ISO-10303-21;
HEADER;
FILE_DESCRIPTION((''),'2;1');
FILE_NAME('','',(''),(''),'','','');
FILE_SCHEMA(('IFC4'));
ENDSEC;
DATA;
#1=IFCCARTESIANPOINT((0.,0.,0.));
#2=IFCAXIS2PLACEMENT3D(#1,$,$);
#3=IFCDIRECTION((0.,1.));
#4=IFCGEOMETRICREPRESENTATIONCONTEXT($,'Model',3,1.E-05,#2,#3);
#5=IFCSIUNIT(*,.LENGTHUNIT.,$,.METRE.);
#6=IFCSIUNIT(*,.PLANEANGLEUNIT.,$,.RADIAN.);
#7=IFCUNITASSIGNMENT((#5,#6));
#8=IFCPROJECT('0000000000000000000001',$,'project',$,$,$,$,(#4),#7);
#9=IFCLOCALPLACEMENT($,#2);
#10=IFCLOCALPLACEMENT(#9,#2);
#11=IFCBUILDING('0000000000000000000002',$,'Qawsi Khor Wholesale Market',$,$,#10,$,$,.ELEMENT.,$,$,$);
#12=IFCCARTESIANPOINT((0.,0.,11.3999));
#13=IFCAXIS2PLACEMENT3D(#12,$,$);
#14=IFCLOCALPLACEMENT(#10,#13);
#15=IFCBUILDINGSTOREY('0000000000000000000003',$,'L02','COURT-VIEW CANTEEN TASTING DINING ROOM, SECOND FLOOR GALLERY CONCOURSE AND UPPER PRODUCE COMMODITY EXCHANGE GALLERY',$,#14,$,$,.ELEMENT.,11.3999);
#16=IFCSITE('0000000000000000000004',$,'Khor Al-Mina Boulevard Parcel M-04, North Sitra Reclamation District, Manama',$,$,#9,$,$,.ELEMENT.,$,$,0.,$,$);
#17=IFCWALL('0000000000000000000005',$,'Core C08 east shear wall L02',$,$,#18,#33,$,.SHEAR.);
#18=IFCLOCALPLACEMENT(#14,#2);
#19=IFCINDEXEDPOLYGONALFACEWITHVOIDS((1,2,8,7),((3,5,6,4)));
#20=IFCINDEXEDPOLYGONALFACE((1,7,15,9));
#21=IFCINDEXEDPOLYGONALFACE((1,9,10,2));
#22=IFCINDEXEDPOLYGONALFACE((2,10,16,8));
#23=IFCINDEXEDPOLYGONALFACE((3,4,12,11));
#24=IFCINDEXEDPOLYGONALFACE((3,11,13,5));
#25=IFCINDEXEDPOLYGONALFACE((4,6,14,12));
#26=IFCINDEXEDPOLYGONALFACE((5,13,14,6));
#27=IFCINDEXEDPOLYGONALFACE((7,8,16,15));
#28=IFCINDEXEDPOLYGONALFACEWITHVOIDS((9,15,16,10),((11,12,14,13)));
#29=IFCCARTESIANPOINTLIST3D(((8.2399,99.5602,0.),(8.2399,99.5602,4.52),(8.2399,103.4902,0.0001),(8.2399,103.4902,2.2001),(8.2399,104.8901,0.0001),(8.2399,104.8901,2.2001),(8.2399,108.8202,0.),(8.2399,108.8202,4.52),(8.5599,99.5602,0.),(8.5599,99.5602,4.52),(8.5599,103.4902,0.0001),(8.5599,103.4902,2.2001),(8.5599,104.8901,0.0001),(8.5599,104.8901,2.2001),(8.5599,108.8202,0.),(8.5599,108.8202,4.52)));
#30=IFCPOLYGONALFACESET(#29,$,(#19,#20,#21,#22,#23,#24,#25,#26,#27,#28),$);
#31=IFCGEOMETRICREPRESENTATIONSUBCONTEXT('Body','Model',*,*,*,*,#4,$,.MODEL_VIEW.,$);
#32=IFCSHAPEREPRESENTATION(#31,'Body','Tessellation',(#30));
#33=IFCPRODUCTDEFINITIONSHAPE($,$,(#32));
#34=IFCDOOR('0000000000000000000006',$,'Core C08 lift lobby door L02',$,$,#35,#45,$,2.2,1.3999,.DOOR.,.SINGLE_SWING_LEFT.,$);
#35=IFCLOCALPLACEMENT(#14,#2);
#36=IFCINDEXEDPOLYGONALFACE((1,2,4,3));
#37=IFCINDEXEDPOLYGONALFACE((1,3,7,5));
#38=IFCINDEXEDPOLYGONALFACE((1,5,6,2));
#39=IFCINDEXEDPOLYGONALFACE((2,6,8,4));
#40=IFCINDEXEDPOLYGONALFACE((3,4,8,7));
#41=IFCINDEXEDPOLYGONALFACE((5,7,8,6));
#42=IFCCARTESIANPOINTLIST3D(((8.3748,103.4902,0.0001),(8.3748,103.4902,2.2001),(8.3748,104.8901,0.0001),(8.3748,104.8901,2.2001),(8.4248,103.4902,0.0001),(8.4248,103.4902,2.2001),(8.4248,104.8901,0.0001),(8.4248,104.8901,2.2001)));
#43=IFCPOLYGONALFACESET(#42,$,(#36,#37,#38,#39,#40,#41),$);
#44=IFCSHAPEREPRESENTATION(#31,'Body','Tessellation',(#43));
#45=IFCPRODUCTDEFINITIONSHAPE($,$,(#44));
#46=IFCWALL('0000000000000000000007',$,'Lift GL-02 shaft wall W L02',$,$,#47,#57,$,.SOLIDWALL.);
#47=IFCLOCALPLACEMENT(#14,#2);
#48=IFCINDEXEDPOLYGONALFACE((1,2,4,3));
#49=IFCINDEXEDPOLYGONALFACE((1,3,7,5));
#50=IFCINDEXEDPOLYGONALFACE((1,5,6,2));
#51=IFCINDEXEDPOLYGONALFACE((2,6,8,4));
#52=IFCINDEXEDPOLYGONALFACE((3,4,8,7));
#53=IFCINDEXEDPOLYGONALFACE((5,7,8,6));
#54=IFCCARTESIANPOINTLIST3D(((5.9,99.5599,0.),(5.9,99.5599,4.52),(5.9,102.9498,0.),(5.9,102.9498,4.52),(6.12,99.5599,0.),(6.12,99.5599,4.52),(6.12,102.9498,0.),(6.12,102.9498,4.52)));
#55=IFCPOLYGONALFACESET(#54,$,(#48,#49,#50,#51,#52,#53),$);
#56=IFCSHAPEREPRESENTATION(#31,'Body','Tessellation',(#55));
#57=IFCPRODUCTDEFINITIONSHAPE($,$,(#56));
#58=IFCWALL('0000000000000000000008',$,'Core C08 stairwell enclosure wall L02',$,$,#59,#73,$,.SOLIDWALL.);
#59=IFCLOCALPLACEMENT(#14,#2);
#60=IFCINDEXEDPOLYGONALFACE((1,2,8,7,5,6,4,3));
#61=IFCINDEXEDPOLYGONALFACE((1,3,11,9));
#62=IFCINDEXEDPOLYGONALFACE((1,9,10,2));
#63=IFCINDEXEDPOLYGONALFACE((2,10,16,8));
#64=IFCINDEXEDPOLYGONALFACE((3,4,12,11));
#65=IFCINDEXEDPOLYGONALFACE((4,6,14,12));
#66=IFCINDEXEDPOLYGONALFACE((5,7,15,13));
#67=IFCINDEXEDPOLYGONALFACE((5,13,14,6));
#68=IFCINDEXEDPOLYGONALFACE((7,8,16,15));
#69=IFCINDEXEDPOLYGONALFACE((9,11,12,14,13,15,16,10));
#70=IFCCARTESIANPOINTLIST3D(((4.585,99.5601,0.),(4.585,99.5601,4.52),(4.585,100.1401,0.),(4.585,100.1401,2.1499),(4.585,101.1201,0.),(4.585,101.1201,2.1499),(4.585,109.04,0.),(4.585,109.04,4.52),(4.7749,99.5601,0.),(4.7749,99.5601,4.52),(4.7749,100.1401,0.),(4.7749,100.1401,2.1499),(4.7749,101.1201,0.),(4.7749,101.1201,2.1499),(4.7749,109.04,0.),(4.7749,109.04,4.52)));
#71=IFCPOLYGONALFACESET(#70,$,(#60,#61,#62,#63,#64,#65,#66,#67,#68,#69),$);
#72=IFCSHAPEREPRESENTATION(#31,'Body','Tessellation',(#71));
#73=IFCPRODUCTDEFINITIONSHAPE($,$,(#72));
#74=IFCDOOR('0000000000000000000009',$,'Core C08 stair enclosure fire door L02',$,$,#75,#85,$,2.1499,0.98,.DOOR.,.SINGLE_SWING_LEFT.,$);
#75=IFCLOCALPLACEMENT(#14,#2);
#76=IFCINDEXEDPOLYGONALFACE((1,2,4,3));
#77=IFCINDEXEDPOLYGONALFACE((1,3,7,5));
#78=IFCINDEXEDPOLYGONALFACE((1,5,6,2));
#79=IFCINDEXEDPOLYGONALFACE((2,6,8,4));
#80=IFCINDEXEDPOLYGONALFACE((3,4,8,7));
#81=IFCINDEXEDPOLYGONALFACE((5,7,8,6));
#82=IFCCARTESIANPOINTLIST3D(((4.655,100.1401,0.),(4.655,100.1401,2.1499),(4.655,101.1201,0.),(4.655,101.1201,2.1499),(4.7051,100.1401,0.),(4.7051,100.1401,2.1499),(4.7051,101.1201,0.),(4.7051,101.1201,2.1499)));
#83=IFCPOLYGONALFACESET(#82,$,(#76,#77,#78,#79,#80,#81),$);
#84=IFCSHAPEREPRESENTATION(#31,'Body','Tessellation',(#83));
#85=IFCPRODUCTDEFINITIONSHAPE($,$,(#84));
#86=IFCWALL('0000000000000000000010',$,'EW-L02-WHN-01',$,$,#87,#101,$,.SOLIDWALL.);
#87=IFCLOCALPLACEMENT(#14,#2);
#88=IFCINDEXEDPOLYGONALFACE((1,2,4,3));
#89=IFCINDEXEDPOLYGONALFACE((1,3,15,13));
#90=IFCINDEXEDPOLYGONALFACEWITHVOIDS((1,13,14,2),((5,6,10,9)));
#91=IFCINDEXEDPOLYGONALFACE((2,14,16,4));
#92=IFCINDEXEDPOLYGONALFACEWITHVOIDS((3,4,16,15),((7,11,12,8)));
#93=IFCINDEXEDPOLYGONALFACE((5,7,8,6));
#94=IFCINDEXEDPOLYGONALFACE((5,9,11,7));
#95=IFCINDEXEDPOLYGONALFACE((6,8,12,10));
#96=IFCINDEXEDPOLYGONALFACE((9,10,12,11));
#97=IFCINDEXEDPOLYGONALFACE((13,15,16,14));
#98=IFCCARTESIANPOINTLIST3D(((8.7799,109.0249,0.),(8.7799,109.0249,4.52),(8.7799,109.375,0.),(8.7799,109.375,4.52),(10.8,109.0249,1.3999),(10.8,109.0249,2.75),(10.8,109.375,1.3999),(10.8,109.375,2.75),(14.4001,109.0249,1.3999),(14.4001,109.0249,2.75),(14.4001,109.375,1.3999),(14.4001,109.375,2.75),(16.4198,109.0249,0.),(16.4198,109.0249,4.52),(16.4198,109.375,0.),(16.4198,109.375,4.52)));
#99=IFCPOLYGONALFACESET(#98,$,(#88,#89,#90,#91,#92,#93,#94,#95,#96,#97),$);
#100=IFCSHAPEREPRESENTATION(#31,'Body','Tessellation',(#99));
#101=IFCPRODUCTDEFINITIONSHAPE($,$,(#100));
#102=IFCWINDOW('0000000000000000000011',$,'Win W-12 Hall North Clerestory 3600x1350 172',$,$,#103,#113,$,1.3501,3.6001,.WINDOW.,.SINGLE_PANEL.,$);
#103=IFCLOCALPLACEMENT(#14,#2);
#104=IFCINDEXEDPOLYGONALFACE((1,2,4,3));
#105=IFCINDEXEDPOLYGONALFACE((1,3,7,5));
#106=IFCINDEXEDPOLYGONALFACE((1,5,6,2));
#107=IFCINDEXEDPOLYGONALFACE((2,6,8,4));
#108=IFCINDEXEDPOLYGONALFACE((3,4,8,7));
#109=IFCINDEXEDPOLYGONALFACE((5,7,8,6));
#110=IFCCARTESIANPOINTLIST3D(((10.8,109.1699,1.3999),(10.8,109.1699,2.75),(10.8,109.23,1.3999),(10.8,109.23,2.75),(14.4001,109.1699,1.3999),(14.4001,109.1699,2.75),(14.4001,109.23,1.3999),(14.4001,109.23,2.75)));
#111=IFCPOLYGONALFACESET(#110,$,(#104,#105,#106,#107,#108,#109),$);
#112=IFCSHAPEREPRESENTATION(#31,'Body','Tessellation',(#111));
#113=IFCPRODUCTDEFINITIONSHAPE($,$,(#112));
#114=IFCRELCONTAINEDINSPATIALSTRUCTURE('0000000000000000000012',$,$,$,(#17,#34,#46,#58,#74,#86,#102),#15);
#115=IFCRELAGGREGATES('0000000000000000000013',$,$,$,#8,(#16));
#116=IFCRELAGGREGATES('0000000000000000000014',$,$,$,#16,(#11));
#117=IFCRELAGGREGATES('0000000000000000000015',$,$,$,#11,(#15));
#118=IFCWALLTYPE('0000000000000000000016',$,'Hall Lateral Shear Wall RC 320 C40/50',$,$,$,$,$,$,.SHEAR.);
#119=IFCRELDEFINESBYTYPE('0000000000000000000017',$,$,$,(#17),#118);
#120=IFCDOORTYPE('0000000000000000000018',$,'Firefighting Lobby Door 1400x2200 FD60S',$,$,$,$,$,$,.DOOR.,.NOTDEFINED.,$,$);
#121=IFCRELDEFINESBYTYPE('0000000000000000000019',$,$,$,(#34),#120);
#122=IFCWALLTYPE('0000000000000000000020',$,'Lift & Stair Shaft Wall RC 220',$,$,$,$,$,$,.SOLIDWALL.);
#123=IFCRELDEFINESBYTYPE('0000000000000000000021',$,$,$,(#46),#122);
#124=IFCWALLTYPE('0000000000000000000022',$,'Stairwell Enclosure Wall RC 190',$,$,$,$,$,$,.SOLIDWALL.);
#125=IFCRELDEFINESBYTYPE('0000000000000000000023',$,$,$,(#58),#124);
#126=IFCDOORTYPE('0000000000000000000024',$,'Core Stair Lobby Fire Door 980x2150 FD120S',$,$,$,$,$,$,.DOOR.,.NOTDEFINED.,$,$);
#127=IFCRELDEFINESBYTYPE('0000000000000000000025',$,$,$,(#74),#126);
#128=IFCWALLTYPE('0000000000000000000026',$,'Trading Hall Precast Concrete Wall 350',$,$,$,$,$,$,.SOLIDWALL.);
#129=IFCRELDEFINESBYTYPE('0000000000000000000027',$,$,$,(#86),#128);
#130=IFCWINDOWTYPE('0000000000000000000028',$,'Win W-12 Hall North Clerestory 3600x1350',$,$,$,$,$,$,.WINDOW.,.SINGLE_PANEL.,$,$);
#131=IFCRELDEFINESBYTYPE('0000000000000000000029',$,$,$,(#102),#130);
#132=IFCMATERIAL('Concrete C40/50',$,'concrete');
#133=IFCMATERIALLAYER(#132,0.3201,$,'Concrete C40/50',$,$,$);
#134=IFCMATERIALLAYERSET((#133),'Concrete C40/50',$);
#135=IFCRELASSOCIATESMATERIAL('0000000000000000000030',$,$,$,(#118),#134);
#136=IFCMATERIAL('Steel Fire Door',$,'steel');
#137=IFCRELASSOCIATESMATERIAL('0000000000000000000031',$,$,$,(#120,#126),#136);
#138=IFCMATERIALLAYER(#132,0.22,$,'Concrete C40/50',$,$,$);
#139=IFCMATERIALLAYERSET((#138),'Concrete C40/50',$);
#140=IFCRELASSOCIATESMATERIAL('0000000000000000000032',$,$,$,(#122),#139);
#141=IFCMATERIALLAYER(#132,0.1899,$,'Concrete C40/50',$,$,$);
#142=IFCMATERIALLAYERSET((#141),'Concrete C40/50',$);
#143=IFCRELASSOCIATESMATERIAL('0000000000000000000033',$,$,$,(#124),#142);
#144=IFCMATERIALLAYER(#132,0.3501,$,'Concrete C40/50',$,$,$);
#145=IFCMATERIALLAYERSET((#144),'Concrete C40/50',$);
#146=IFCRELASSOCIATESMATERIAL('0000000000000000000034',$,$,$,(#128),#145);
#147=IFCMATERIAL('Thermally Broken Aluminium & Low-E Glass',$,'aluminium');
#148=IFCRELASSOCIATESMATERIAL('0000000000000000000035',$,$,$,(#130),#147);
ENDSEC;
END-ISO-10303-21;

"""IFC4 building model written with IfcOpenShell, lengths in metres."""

from ifc_helpers import new_model, si_unit, direction, frame, frame_2d, origin, place, context, subcontext, project, spatial, rectangle, extrude, material, layer, layer_set, type_object, element, fill, save


model = new_model("IFC4")

# Units and contexts
model_context = context("Model", 3, precision=1e-05, world=origin(), true_north=direction((0.0, 1.0)))
body_context = subcontext(model_context, "Body", "Model", "MODEL_VIEW")
ifc_project = project(units=[si_unit("LENGTHUNIT", "METRE"), si_unit("PLANEANGLEUNIT", "RADIAN")], contexts=[model_context])

# Site, building, storey
site_placement = place(None, origin())
site = spatial("IfcSite", under=ifc_project, at=site_placement, Name="Khor Al-Mina Boulevard Parcel M-04, North Sitra Reclamation District, Manama", CompositionType="ELEMENT", RefElevation=0.0)
building_placement = place(site_placement, origin())
building = spatial("IfcBuilding", under=site, at=building_placement, Name="Qawsi Khor Wholesale Market", CompositionType="ELEMENT")
storey_placement = place(building_placement, frame((0.0, 0.0, 11.3999)))
storey = spatial("IfcBuildingStorey", under=building, at=storey_placement, Name="L02", Description="COURT-VIEW CANTEEN TASTING DINING ROOM, SECOND FLOOR GALLERY CONCOURSE AND UPPER PRODUCE COMMODITY EXCHANGE GALLERY", CompositionType="ELEMENT", Elevation=11.3999)

# Shared definitions
ifc_material_1 = material(Name="Concrete C40/50", Category="concrete")

# Shared definitions
ifc_layer_1 = layer(ifc_material_1, 0.3201, Name="Concrete C40/50")
ifc_layer_set_1 = layer_set([ifc_layer_1], Name="Concrete C40/50")
wall_type_1 = type_object("IfcWallType", Name="Hall Lateral Shear Wall RC 320 C40/50", PredefinedType="SHEAR", material=ifc_layer_set_1)

# Wall, opening, door
wall_1_placement = place(storey_placement, frame((8.3999, 108.8201, 0.0), z_axis=(0.0, 0.0, 1.0), x_axis=(0.0, -1.0, 0.0)))
wall_1 = element("IfcWall", 1, at=wall_1_placement, inside=storey, type_object=wall_type_1, Name="Core C08 east shear wall L02", PredefinedType="SHEAR", context=body_context, shape_type="SweptSolid", body=[
    extrude(rectangle(XDim=9.26, YDim=0.3201, at=frame_2d((4.6299, 0.0))), origin(), (0.0, 0.0, 1.0), 4.52),
])
opening_1_placement = place(wall_1_placement, frame((3.9299, 0.0, 0.0)))
opening_1 = element("IfcOpeningElement", 2, at=opening_1_placement, cuts=wall_1, PredefinedType="OPENING", context=body_context, shape_type="SweptSolid", body=[
    extrude(rectangle(XDim=1.3999, YDim=2.2, at=frame_2d((0.7, 1.1001))), frame((0.0, 0.1699, 0.0), z_axis=(0.0, -1.0, 0.0), x_axis=(1.0, 0.0, 0.0)), (0.0, 0.0, 1.0), 0.3401),
])
ifc_material_2 = material(Name="Steel Fire Door", Category="steel")
door_type_1 = type_object("IfcDoorType", Name="Firefighting Lobby Door 1400x2200 FD60S", OperationType="NOTDEFINED", PredefinedType="DOOR", material=ifc_material_2)
door_1_placement = place(opening_1_placement, origin())
door_1 = element("IfcDoor", 3, at=door_1_placement, inside=storey, type_object=door_type_1, Name="Core C08 lift lobby door L02", OperationType="SINGLE_SWING_LEFT", OverallHeight=2.2, OverallWidth=1.3999, PredefinedType="DOOR", context=body_context, shape_type="SweptSolid", body=[
    extrude(rectangle(XDim=1.3999, YDim=2.2, at=frame_2d((0.7, 1.1001))), frame((0.0, 0.0249, 0.0), z_axis=(0.0, -1.0, 0.0), x_axis=(1.0, 0.0, 0.0)), (0.0, 0.0, 1.0), 0.05),
])
fill(opening_1, door_1)

# Wall
ifc_layer_2 = layer(ifc_material_1, 0.22, Name="Concrete C40/50")
ifc_layer_set_2 = layer_set([ifc_layer_2], Name="Concrete C40/50")
wall_type_2 = type_object("IfcWallType", Name="Lift & Stair Shaft Wall RC 220", PredefinedType="SOLIDWALL", material=ifc_layer_set_2)
wall_2_placement = place(storey_placement, frame((6.01, 99.5601, 0.0), z_axis=(0.0, 0.0, 1.0), x_axis=(0.0, 1.0, 0.0)))
element("IfcWall", 4, at=wall_2_placement, inside=storey, type_object=wall_type_2, Name="Lift GL-02 shaft wall W L02", PredefinedType="SOLIDWALL", context=body_context, shape_type="SweptSolid", body=[
    extrude(rectangle(XDim=3.3899, YDim=0.22, at=frame_2d((1.6948, 0.0))), origin(), (0.0, 0.0, 1.0), 4.52),
])

# Wall, opening, door
ifc_layer_3 = layer(ifc_material_1, 0.1899, Name="Concrete C40/50")
ifc_layer_set_3 = layer_set([ifc_layer_3], Name="Concrete C40/50")
wall_type_3 = type_object("IfcWallType", Name="Stairwell Enclosure Wall RC 190", PredefinedType="SOLIDWALL", material=ifc_layer_set_3)
wall_3_placement = place(storey_placement, frame((4.6799, 99.5601, 0.0), z_axis=(0.0, 0.0, 1.0), x_axis=(0.0, 1.0, 0.0)))
wall_3 = element("IfcWall", 5, at=wall_3_placement, inside=storey, type_object=wall_type_3, Name="Core C08 stairwell enclosure wall L02", PredefinedType="SOLIDWALL", context=body_context, shape_type="SweptSolid", body=[
    extrude(rectangle(XDim=9.48, YDim=0.1899, at=frame_2d((4.74, 0.0))), origin(), (0.0, 0.0, 1.0), 4.52),
])
opening_2_placement = place(wall_3_placement, frame((0.5801, 0.0, 0.0)))
opening_2 = element("IfcOpeningElement", 6, at=opening_2_placement, cuts=wall_3, PredefinedType="OPENING", context=body_context, shape_type="SweptSolid", body=[
    extrude(rectangle(XDim=0.98, YDim=2.1499, at=frame_2d((0.49, 1.075))), frame((0.0, 0.105, 0.0), z_axis=(0.0, -1.0, 0.0), x_axis=(1.0, 0.0, 0.0)), (0.0, 0.0, 1.0), 0.21),
])
door_type_2 = type_object("IfcDoorType", Name="Core Stair Lobby Fire Door 980x2150 FD120S", OperationType="NOTDEFINED", PredefinedType="DOOR", material=ifc_material_2)
door_2_placement = place(opening_2_placement, origin())
door_2 = element("IfcDoor", 7, at=door_2_placement, inside=storey, type_object=door_type_2, Name="Core C08 stair enclosure fire door L02", OperationType="SINGLE_SWING_LEFT", OverallHeight=2.1499, OverallWidth=0.98, PredefinedType="DOOR", context=body_context, shape_type="SweptSolid", body=[
    extrude(rectangle(XDim=0.98, YDim=2.1499, at=frame_2d((0.49, 1.075))), frame((0.0, 0.0249, 0.0), z_axis=(0.0, -1.0, 0.0), x_axis=(1.0, 0.0, 0.0)), (0.0, 0.0, 1.0), 0.05),
])
fill(opening_2, door_2)

# Wall, opening, window
ifc_layer_4 = layer(ifc_material_1, 0.3501, Name="Concrete C40/50")
ifc_layer_set_4 = layer_set([ifc_layer_4], Name="Concrete C40/50")
wall_type_4 = type_object("IfcWallType", Name="Trading Hall Precast Concrete Wall 350", PredefinedType="SOLIDWALL", material=ifc_layer_set_4)
wall_4_placement = place(storey_placement, frame((8.78, 109.2, 0.0), z_axis=(0.0, 0.0, 1.0), x_axis=(1.0, 0.0, 0.0)))
wall_4 = element("IfcWall", 8, at=wall_4_placement, inside=storey, type_object=wall_type_4, Name="EW-L02-WHN-01", PredefinedType="SOLIDWALL", context=body_context, shape_type="SweptSolid", body=[
    extrude(rectangle(XDim=7.6399, YDim=0.3501, at=frame_2d((3.8198, 0.0))), origin(), (0.0, 0.0, 1.0), 4.52),
])
opening_3_placement = place(wall_4_placement, frame((2.02, 0.0, 1.3999)))
opening_3 = element("IfcOpeningElement", 9, at=opening_3_placement, cuts=wall_4, PredefinedType="OPENING", context=body_context, shape_type="SweptSolid", body=[
    extrude(rectangle(XDim=3.6001, YDim=1.3501, at=frame_2d((1.8, 0.675))), frame((0.0, 0.1851, 0.0), z_axis=(0.0, -1.0, 0.0), x_axis=(1.0, 0.0, 0.0)), (0.0, 0.0, 1.0), 0.3701),
])
ifc_material_3 = material(Name="Thermally Broken Aluminium & Low-E Glass", Category="aluminium")
window_type = type_object("IfcWindowType", Name="Win W-12 Hall North Clerestory 3600x1350", PartitioningType="SINGLE_PANEL", PredefinedType="WINDOW", material=ifc_material_3)
window_placement = place(opening_3_placement, origin())
window = element("IfcWindow", 10, at=window_placement, inside=storey, type_object=window_type, Name="Win W-12 Hall North Clerestory 3600x1350 172", OverallHeight=1.3501, OverallWidth=3.6001, PartitioningType="SINGLE_PANEL", PredefinedType="WINDOW", context=body_context, shape_type="SweptSolid", body=[
    extrude(rectangle(XDim=3.6001, YDim=1.3501, at=frame_2d((1.8, 0.675))), frame((0.0, 0.03, 0.0), z_axis=(0.0, -1.0, 0.0), x_axis=(1.0, 0.0, 0.0)), (0.0, 0.0, 1.0), 0.0601),
])
fill(opening_3, window)

save(model, "model.ifc")
